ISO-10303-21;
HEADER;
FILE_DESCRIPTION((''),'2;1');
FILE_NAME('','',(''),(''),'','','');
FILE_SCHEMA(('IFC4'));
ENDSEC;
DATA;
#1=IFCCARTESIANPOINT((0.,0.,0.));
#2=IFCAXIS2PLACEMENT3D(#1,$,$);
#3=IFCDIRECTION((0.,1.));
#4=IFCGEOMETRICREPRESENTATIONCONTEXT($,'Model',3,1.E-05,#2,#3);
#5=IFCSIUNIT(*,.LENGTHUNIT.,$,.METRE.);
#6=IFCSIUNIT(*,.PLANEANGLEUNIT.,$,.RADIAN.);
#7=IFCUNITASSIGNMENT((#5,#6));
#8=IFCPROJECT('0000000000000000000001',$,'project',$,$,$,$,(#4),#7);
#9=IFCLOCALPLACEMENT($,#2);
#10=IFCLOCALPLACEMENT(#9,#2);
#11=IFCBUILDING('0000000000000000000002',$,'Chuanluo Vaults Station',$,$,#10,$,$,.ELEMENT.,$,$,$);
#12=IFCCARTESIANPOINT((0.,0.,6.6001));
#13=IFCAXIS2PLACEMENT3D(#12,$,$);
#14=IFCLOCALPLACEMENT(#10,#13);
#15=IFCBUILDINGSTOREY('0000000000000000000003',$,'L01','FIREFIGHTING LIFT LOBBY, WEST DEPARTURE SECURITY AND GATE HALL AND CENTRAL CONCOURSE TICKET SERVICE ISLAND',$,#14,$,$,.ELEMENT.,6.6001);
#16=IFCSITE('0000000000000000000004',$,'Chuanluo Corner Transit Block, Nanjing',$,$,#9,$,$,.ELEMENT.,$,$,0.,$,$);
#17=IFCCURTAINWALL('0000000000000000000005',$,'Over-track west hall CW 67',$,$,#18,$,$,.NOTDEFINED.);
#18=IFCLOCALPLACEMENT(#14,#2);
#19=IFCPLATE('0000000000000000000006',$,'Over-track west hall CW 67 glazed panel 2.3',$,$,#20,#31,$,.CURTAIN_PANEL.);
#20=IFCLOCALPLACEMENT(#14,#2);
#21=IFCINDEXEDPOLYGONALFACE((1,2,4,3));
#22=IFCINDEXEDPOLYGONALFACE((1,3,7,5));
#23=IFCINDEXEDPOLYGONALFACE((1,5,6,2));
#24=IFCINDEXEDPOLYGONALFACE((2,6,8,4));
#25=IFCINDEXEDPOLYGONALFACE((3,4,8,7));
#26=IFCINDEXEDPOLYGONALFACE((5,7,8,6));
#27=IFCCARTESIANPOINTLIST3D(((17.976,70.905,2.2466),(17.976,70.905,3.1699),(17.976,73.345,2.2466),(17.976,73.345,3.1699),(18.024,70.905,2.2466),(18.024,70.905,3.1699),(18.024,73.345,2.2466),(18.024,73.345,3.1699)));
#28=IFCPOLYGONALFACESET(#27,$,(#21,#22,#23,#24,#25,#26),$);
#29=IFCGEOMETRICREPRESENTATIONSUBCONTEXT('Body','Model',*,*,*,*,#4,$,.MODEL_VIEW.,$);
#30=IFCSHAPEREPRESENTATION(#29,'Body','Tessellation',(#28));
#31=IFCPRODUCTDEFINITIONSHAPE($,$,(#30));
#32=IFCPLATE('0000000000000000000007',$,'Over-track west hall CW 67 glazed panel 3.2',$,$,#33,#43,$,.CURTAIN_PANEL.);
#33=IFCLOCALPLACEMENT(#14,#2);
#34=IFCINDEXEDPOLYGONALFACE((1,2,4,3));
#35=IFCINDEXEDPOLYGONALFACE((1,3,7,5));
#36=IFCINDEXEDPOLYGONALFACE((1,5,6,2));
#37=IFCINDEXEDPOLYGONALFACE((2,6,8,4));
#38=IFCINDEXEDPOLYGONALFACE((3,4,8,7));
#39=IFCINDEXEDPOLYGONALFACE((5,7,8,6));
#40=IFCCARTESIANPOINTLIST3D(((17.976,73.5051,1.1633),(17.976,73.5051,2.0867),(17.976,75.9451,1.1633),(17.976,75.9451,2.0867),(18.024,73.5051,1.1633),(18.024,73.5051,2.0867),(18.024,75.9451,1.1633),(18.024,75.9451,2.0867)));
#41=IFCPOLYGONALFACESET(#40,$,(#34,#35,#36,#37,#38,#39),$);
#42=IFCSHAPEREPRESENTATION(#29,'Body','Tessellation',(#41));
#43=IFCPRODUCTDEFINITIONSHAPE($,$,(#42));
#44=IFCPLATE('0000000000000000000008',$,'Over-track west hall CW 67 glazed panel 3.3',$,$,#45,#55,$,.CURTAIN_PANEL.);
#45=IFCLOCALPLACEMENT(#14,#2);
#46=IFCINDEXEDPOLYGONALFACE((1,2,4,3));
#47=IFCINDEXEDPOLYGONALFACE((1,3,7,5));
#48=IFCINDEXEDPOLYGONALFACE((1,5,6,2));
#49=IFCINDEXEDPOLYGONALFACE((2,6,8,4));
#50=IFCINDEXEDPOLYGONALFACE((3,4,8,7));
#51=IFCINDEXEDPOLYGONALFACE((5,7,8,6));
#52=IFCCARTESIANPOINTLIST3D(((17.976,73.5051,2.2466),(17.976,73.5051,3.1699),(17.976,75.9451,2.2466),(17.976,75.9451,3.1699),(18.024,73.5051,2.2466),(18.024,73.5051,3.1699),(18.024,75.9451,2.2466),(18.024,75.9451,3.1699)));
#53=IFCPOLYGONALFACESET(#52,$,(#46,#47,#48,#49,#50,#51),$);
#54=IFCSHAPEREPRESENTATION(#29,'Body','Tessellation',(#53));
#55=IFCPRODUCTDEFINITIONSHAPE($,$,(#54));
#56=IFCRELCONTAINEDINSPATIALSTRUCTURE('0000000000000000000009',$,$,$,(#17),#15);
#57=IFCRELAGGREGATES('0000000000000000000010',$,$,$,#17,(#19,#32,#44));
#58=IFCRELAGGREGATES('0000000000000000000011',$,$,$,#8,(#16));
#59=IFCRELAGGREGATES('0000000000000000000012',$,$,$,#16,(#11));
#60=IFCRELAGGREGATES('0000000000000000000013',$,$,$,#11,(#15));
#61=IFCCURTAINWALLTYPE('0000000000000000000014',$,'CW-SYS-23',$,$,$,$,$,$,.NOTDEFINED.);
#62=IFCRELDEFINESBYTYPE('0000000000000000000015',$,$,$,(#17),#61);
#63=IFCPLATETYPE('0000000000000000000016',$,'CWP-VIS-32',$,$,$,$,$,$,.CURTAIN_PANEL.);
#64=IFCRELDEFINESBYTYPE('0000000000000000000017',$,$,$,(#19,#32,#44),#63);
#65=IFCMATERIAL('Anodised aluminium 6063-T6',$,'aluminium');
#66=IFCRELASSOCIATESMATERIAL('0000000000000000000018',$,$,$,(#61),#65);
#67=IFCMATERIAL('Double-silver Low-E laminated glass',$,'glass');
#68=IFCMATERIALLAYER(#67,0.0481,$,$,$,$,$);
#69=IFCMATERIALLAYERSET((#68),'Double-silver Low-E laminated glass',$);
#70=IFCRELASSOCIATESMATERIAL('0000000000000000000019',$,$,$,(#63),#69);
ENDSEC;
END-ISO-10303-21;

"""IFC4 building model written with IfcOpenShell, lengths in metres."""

from ifc_helpers import new_model, si_unit, direction, frame, origin, origin_2d, place, context, subcontext, project, spatial, rectangle, extrude, material, layer, layer_set, type_object, element, aggregate, save


model = new_model("IFC4")

# Units and contexts
model_context = context("Model", 3, precision=1e-05, world=origin(), true_north=direction((0.0, 1.0)))
body_context = subcontext(model_context, "Body", "Model", "MODEL_VIEW")
ifc_project = project(units=[si_unit("LENGTHUNIT", "METRE"), si_unit("PLANEANGLEUNIT", "RADIAN")], contexts=[model_context])

# Site, building, storey
site_placement = place(None, origin())
site = spatial("IfcSite", under=ifc_project, at=site_placement, Name="Chuanluo Corner Transit Block, Nanjing", CompositionType="ELEMENT", RefElevation=0.0)
building_placement = place(site_placement, origin())
building = spatial("IfcBuilding", under=site, at=building_placement, Name="Chuanluo Vaults Station", CompositionType="ELEMENT")
storey_placement = place(building_placement, frame((0.0, 0.0, 6.6001)))
storey = spatial("IfcBuildingStorey", under=building, at=storey_placement, Name="L01", Description="FIREFIGHTING LIFT LOBBY, WEST DEPARTURE SECURITY AND GATE HALL AND CENTRAL CONCOURSE TICKET SERVICE ISLAND", CompositionType="ELEMENT", Elevation=6.6001)

# Curtain wall
ifc_material_1 = material(Name="Anodised aluminium 6063-T6", Category="aluminium")
curtain_wall_type = type_object("IfcCurtainWallType", Name="CW-SYS-23", PredefinedType="NOTDEFINED", material=ifc_material_1)
curtain_wall_placement = place(storey_placement, origin())
curtain_wall = element("IfcCurtainWall", 1, at=curtain_wall_placement, inside=storey, type_object=curtain_wall_type, Name="Over-track west hall CW 67", PredefinedType="NOTDEFINED")

# Plates
ifc_material_2 = material(Name="Double-silver Low-E laminated glass", Category="glass")
ifc_layer_1 = layer(ifc_material_2, 0.0481)
ifc_layer_set_1 = layer_set([ifc_layer_1], Name="Double-silver Low-E laminated glass")
plate_type_1 = type_object("IfcPlateType", Name="CWP-VIS-32", PredefinedType="CURTAIN_PANEL", material=ifc_layer_set_1)
plate_1_placement = place(storey_placement, frame((18.0, 72.125, 2.2466), z_axis=(0.0, 0.0, 1.0), x_axis=(0.0, 1.0, 0.0)))
plate_1 = element("IfcPlate", 2, at=plate_1_placement, type_object=plate_type_1, Name="Over-track west hall CW 67 glazed panel 2.3", PredefinedType="CURTAIN_PANEL", context=body_context, shape_type="SweptSolid", body=[
    extrude(rectangle(XDim=2.4399, YDim=0.0481, at=origin_2d()), origin(), (0.0, 0.0, 1.0), 0.9233),
])
plate_2_placement = place(storey_placement, frame((18.0, 74.7251, 1.1633), z_axis=(0.0, 0.0, 1.0), x_axis=(0.0, 1.0, 0.0)))
plate_2 = element("IfcPlate", 3, at=plate_2_placement, type_object=plate_type_1, Name="Over-track west hall CW 67 glazed panel 3.2", PredefinedType="CURTAIN_PANEL", context=body_context, shape_type="SweptSolid", body=[
    extrude(rectangle(XDim=2.4399, YDim=0.0481, at=origin_2d()), origin(), (0.0, 0.0, 1.0), 0.9233),
])
plate_3_placement = place(storey_placement, frame((18.0, 74.7251, 2.2466), z_axis=(0.0, 0.0, 1.0), x_axis=(0.0, 1.0, 0.0)))
plate_3 = element("IfcPlate", 4, at=plate_3_placement, type_object=plate_type_1, Name="Over-track west hall CW 67 glazed panel 3.3", PredefinedType="CURTAIN_PANEL", context=body_context, shape_type="SweptSolid", body=[
    extrude(rectangle(XDim=2.4399, YDim=0.0481, at=origin_2d()), origin(), (0.0, 0.0, 1.0), 0.9233),
])
aggregate(curtain_wall, [plate_1, plate_2, plate_3])

save(model, "model.ifc")
